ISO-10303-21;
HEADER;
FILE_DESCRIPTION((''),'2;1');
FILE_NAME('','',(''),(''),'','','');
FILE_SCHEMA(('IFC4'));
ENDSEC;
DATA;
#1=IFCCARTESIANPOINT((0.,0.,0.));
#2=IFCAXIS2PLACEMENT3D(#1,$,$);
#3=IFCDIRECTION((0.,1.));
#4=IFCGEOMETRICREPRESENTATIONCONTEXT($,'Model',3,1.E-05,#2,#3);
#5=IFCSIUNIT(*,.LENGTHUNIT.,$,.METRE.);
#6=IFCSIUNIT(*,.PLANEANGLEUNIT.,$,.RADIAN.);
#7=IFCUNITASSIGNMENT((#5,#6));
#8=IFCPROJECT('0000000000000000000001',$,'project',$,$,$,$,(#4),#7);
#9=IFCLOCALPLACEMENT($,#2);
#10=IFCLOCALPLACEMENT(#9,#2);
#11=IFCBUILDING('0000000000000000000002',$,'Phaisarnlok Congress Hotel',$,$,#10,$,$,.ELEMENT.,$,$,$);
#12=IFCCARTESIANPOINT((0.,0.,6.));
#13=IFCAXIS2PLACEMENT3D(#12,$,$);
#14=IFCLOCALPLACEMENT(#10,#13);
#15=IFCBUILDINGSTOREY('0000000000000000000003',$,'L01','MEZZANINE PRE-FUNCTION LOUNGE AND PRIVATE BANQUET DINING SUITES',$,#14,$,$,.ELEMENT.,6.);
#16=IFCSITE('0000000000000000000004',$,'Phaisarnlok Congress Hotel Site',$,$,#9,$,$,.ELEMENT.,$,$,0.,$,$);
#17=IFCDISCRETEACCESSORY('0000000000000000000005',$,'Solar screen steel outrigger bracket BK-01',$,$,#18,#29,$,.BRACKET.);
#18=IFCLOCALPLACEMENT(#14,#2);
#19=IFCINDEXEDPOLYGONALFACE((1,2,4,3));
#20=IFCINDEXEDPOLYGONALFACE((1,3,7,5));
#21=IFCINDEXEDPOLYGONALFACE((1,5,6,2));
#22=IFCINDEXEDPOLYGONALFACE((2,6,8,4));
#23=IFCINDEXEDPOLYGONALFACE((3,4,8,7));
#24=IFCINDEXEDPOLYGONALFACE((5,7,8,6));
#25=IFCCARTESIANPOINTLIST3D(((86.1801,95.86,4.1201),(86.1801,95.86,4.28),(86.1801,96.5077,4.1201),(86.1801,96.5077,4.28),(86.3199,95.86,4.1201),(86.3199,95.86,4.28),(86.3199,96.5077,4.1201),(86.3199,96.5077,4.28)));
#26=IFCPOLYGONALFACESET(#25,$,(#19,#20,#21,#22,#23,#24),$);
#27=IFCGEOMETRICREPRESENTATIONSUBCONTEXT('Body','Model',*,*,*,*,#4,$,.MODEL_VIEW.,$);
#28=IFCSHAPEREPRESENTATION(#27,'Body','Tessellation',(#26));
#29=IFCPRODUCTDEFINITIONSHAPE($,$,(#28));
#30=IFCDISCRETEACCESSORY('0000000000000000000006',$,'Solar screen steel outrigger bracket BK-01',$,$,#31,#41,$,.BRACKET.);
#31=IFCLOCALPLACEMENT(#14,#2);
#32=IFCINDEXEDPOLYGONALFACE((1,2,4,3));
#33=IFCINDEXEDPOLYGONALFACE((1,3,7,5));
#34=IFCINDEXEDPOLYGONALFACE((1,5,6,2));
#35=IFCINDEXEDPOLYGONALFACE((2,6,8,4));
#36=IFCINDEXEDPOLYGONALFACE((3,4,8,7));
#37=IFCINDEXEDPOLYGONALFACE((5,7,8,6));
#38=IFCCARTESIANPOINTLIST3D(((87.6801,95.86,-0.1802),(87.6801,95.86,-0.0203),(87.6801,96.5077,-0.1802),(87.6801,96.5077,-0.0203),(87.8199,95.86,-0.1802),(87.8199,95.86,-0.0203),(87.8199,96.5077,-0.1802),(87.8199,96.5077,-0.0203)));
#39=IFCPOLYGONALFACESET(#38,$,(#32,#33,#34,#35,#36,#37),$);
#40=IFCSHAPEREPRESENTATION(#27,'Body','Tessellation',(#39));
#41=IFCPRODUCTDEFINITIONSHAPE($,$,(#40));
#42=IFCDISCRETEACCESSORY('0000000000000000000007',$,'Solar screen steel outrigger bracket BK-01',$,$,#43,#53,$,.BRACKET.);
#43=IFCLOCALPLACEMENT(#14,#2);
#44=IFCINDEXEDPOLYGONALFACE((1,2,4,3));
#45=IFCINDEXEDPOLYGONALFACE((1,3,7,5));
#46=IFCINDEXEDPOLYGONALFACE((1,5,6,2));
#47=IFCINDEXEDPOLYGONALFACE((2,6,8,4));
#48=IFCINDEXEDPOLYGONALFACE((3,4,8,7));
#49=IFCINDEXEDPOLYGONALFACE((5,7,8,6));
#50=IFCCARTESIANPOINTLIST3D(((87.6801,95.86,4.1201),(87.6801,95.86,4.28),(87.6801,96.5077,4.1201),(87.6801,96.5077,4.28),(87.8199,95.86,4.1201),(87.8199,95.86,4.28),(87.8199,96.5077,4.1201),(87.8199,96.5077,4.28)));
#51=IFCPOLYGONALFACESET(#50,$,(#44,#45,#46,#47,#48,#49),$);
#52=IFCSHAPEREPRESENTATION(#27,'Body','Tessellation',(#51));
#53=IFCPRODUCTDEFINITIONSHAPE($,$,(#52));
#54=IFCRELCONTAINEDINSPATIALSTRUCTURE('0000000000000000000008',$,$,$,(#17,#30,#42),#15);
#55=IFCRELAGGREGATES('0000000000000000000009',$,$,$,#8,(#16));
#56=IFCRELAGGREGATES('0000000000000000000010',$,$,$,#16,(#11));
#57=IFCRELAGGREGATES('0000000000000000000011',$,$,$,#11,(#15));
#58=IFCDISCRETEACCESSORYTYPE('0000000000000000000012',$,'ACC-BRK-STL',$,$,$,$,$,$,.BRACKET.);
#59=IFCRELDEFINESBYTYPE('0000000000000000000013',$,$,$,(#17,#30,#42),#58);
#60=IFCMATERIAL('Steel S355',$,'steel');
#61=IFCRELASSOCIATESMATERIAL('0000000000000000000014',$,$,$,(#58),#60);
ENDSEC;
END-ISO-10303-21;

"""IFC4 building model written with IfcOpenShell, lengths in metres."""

from ifc_helpers import new_model, si_unit, direction, frame, origin, origin_2d, place, context, subcontext, project, spatial, rectangle, extrude, material, type_object, element, save


model = new_model("IFC4")

# Units and contexts
model_context = context("Model", 3, precision=1e-05, world=origin(), true_north=direction((0.0, 1.0)))
body_context = subcontext(model_context, "Body", "Model", "MODEL_VIEW")
ifc_project = project(units=[si_unit("LENGTHUNIT", "METRE"), si_unit("PLANEANGLEUNIT", "RADIAN")], contexts=[model_context])

# Site, building, storey
site_placement = place(None, origin())
site = spatial("IfcSite", under=ifc_project, at=site_placement, Name="Phaisarnlok Congress Hotel Site", CompositionType="ELEMENT", RefElevation=0.0)
building_placement = place(site_placement, origin())
building = spatial("IfcBuilding", under=site, at=building_placement, Name="Phaisarnlok Congress Hotel", CompositionType="ELEMENT")
storey_placement = place(building_placement, frame((0.0, 0.0, 6.0)))
storey = spatial("IfcBuildingStorey", under=building, at=storey_placement, Name="L01", Description="MEZZANINE PRE-FUNCTION LOUNGE AND PRIVATE BANQUET DINING SUITES", CompositionType="ELEMENT", Elevation=6.0)

# Discrete accessories
ifc_material_1 = material(Name="Steel S355", Category="steel")
discrete_accessory_type = type_object("IfcDiscreteAccessoryType", Name="ACC-BRK-STL", PredefinedType="BRACKET", material=ifc_material_1)
for number, where, z_axis, x_axis, name in (
    (1, (86.25, 96.1838, 4.1201), (0.0, 0.0, 1.0), (1.0, 0.0, 0.0), "Solar screen steel outrigger bracket BK-01"),
    (2, (87.75, 96.1838, -0.1802), (0.0, 0.0, 1.0), (1.0, 0.0, 0.0), "Solar screen steel outrigger bracket BK-01"),
    (3, (87.75, 96.1838, 4.1201), (0.0, 0.0, 1.0), (1.0, 0.0, 0.0), "Solar screen steel outrigger bracket BK-01"),
):
    element("IfcDiscreteAccessory", number, at=place(storey_placement, frame(where, z_axis=z_axis, x_axis=x_axis)), inside=storey, type_object=discrete_accessory_type, Name=name, PredefinedType="BRACKET", context=body_context, shape_type="SweptSolid", body=[
        extrude(rectangle(XDim=0.1399, YDim=0.6477, at=origin_2d()), origin(), (0.0, 0.0, 1.0), 0.1599),
    ])

save(model, "model.ifc")
